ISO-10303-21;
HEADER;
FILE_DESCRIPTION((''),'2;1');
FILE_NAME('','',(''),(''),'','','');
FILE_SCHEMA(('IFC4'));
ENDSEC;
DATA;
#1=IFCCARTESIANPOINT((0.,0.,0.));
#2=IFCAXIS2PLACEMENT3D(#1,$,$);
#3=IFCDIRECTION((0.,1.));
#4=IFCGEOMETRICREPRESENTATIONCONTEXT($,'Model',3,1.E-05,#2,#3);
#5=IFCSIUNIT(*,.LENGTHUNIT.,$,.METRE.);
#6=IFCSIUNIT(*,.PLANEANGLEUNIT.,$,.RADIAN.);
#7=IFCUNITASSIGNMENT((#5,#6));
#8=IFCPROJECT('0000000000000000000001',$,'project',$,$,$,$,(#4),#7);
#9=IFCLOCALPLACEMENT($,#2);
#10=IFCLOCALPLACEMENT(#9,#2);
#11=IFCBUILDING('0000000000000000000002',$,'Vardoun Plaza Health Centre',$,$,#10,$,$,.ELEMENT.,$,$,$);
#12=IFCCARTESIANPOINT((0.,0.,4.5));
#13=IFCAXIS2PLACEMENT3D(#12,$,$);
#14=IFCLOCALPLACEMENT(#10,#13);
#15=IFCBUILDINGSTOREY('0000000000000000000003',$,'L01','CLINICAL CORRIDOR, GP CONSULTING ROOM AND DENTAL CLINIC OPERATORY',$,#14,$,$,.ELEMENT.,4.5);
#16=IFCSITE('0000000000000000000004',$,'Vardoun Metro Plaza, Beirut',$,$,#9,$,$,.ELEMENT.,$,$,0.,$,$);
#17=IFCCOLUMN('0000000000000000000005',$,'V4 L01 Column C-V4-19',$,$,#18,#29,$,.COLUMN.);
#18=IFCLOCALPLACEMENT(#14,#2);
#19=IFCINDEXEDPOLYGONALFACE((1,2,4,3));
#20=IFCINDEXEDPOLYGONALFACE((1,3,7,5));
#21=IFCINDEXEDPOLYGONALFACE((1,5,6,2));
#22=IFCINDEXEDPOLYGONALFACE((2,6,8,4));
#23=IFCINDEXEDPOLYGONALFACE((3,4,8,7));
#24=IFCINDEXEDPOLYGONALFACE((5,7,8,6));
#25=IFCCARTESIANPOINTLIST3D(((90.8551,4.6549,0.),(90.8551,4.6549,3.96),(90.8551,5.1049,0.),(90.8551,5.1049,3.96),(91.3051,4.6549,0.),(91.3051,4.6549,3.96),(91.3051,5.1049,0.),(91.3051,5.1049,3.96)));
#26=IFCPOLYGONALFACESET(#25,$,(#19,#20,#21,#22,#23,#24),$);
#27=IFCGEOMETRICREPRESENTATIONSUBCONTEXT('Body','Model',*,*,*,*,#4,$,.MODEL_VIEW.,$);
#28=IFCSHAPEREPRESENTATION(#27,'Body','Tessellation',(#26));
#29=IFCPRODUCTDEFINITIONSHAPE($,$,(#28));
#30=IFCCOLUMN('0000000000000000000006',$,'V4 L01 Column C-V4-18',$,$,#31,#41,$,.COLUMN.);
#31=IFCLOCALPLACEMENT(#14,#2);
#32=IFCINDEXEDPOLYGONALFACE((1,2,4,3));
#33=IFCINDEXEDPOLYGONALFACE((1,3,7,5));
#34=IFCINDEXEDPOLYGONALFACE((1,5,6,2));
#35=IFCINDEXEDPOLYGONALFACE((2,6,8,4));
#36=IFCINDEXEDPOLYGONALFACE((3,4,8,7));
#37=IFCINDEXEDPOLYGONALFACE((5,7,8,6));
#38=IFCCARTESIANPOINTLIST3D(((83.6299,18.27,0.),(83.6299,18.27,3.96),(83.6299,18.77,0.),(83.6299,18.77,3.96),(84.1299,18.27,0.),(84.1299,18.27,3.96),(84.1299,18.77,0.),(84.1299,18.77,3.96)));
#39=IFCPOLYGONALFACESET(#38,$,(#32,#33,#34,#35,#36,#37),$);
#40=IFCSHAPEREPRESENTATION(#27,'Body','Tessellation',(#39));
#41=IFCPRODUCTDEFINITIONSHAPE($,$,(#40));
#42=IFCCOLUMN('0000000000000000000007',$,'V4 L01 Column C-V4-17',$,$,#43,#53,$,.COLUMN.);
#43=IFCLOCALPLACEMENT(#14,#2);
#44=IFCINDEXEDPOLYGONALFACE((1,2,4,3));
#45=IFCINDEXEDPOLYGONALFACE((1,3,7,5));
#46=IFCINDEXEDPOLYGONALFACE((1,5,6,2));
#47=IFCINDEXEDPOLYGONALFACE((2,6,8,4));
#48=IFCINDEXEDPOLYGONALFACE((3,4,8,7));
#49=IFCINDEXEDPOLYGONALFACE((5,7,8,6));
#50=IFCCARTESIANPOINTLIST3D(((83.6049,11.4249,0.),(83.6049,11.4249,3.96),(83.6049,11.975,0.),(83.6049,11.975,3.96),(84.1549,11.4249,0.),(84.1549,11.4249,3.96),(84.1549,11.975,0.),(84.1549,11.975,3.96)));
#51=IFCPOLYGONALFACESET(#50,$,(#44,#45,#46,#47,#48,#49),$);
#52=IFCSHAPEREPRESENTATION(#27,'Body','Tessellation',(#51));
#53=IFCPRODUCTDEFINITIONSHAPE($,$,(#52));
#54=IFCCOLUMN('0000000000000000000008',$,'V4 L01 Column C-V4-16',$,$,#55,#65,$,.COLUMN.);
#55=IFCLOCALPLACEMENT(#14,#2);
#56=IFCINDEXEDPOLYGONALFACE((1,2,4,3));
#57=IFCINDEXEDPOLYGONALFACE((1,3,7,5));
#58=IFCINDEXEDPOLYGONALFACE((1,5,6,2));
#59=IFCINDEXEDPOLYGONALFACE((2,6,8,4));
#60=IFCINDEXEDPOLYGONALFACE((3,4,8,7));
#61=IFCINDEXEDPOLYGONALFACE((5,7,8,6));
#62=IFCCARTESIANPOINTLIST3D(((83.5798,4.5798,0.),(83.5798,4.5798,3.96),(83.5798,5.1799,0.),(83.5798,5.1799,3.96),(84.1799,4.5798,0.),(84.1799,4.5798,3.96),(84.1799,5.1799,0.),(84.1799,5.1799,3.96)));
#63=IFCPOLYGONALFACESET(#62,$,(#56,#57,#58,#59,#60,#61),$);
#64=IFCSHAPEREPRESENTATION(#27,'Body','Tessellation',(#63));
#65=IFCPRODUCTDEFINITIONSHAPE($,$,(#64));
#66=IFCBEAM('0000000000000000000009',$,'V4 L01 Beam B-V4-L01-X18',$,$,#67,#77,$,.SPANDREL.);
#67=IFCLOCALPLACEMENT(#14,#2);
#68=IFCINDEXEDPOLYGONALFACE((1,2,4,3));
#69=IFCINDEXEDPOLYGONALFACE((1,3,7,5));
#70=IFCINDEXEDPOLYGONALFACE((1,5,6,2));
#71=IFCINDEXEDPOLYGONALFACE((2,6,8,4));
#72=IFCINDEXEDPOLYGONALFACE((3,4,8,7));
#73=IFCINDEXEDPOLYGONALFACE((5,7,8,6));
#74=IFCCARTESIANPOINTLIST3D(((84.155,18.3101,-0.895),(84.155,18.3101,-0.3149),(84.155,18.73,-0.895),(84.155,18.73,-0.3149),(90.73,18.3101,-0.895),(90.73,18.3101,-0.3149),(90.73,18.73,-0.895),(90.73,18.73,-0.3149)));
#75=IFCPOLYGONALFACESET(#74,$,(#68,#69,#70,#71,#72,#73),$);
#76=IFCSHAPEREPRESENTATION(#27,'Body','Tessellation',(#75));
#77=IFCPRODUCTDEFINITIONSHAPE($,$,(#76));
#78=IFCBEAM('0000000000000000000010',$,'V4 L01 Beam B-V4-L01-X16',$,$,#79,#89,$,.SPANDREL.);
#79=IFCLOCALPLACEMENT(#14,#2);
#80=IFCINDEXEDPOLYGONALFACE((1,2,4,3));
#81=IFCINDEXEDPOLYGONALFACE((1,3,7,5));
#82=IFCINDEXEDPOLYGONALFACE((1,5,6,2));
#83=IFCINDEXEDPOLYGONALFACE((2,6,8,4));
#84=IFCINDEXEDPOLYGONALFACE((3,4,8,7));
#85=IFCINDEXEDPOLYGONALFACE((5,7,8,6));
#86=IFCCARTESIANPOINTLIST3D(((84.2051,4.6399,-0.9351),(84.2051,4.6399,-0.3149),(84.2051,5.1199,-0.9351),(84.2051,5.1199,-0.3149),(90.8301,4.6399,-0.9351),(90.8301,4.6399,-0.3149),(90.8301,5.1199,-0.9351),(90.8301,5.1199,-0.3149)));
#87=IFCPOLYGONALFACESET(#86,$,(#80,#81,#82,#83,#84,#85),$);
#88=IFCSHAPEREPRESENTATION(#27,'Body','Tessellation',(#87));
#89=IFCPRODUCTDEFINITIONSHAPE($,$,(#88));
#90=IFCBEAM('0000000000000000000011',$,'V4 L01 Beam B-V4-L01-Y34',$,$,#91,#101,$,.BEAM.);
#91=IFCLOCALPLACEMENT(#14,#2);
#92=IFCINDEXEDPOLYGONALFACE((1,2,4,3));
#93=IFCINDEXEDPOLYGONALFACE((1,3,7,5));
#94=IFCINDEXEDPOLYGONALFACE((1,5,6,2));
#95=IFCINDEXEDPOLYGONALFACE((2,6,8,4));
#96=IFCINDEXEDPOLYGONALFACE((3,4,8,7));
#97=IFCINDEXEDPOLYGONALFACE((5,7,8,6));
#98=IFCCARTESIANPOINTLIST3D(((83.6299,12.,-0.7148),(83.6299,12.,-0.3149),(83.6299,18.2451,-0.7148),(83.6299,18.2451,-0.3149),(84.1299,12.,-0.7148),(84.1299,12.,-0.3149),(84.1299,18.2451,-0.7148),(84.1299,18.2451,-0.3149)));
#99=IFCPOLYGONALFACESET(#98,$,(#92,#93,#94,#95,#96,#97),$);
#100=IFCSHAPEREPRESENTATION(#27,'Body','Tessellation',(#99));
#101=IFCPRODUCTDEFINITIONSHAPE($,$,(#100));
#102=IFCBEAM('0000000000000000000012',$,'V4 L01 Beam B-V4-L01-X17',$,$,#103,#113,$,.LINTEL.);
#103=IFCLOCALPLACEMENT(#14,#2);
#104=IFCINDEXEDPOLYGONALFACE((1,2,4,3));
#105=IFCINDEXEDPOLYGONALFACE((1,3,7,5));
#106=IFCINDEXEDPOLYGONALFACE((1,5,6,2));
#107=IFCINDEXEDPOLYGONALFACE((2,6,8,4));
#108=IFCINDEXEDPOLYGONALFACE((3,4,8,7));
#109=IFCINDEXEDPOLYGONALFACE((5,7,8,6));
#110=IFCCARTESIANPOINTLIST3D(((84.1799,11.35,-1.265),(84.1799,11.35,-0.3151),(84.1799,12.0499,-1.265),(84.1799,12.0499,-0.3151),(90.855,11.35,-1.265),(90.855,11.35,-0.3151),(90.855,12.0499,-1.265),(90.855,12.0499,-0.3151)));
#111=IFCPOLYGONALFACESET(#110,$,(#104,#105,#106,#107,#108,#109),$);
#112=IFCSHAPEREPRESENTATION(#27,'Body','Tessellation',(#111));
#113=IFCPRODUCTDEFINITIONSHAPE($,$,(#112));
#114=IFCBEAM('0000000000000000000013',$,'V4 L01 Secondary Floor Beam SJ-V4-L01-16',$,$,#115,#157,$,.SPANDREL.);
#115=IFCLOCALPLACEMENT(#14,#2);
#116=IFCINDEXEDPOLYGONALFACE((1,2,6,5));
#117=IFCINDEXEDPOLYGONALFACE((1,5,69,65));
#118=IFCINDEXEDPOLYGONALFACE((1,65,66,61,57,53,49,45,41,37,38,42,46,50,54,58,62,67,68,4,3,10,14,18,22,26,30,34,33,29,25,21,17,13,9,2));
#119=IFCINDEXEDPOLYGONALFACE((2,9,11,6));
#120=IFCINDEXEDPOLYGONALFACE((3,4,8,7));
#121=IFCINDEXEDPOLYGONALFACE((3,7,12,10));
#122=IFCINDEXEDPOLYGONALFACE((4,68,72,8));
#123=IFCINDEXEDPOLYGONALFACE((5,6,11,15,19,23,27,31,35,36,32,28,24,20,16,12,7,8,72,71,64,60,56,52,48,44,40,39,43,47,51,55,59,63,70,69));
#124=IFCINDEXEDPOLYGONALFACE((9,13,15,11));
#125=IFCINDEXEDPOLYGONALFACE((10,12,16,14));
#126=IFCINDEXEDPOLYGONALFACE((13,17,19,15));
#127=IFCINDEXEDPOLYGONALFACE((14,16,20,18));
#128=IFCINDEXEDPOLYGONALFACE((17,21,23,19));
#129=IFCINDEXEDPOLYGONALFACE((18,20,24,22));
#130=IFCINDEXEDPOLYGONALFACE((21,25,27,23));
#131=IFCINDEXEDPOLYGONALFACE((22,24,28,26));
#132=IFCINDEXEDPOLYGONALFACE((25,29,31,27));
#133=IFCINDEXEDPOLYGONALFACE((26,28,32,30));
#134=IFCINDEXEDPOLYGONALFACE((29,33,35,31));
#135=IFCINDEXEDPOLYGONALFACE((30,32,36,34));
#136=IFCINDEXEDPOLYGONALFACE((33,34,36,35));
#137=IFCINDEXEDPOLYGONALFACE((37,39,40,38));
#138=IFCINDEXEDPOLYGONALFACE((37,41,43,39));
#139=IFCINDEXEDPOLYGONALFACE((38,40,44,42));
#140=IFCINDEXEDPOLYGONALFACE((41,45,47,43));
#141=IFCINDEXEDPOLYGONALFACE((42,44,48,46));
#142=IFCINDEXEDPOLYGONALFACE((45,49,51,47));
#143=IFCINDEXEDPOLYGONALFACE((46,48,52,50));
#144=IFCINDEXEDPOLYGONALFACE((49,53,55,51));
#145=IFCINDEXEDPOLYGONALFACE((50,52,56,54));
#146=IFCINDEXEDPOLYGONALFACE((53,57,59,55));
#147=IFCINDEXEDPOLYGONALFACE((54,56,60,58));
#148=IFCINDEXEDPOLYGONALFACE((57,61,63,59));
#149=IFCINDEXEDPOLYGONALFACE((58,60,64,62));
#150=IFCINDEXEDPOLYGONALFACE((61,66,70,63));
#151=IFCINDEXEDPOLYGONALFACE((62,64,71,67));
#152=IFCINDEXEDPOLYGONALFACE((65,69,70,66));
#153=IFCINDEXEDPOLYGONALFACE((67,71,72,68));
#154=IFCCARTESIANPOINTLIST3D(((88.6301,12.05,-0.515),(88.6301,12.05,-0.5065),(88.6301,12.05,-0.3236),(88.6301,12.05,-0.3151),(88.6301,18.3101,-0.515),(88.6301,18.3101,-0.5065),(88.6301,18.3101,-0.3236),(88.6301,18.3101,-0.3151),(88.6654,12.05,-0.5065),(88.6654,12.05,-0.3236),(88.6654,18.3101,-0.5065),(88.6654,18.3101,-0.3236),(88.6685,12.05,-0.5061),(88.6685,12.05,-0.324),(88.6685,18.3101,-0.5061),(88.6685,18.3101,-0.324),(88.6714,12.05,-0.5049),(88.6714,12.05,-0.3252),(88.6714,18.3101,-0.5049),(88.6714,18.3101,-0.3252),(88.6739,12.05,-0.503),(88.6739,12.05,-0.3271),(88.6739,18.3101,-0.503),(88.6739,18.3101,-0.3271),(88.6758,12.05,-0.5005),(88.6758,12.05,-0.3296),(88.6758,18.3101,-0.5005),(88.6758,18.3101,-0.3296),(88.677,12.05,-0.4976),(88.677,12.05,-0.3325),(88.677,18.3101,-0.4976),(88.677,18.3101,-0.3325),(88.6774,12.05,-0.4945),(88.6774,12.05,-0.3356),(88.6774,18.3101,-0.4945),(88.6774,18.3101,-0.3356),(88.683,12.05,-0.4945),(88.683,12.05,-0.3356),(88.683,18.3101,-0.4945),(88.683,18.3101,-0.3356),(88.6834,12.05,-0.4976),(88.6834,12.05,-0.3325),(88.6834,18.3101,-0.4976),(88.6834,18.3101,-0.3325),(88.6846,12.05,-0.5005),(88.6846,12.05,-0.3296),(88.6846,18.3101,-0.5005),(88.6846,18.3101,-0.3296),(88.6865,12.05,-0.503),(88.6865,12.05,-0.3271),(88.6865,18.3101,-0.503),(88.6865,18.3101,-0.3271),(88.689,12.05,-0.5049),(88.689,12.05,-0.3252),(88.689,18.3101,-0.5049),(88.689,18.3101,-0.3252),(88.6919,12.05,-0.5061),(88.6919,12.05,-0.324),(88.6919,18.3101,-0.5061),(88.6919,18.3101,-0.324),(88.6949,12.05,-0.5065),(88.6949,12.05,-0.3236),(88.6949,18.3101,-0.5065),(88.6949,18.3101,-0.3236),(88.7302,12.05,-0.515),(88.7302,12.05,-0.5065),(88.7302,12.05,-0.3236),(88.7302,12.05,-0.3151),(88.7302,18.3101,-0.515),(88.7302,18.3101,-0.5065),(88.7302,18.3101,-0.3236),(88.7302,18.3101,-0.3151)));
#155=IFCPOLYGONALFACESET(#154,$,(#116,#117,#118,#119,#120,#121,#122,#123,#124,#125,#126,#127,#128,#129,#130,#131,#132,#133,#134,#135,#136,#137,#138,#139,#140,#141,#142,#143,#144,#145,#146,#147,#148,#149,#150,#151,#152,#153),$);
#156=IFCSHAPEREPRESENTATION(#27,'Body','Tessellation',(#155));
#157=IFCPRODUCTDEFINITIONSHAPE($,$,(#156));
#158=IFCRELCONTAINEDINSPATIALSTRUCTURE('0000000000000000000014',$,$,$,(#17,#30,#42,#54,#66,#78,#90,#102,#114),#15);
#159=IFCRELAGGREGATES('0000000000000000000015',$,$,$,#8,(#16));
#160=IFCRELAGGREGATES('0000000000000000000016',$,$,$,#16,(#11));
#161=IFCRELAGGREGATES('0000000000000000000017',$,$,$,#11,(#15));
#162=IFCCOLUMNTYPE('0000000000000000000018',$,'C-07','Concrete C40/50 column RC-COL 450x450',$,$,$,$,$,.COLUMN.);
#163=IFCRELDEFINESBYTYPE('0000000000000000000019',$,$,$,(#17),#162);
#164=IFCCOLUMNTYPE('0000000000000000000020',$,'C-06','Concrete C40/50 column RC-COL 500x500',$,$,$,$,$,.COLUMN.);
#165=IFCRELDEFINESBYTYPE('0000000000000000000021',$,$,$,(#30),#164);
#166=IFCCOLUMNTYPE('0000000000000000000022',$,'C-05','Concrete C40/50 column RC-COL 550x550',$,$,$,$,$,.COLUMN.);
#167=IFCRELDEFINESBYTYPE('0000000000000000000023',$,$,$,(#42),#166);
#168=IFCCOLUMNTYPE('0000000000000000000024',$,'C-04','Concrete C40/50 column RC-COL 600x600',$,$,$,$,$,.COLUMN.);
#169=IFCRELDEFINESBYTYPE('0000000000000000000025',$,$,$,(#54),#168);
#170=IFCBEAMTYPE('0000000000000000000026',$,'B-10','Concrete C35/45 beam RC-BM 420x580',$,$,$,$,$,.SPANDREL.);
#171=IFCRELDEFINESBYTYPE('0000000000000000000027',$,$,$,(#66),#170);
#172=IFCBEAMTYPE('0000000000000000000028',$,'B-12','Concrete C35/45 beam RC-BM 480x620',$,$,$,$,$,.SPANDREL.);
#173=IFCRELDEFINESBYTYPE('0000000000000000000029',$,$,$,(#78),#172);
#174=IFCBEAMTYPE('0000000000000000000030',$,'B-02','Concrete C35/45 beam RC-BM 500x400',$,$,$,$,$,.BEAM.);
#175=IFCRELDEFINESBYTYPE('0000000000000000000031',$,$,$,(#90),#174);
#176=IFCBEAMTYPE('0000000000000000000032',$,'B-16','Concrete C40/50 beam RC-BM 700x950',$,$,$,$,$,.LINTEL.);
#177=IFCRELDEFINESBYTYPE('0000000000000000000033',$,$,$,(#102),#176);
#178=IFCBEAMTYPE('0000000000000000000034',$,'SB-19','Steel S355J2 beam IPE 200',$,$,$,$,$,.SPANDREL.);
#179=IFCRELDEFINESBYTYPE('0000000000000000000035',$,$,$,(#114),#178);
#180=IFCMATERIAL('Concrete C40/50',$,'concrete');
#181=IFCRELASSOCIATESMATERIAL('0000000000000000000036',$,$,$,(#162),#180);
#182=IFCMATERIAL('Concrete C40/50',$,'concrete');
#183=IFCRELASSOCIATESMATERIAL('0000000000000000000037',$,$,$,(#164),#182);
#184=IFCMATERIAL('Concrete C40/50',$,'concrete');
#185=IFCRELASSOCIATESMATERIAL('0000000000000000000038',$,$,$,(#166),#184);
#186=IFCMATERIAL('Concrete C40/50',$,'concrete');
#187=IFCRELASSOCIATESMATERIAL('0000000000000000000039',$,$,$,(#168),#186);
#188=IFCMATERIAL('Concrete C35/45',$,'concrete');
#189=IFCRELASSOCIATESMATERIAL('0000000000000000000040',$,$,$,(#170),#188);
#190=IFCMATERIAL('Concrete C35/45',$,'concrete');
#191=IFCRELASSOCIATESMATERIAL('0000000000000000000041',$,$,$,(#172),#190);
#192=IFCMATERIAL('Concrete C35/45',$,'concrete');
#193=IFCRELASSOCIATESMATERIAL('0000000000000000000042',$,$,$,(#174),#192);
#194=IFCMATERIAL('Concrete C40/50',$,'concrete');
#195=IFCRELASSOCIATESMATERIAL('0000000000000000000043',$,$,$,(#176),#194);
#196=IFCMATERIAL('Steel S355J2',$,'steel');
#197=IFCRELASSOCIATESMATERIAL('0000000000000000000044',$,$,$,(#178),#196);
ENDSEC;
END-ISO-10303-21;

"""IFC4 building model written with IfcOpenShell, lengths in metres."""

from ifc_helpers import new_model, si_unit, direction, frame, origin, origin_2d, place, context, subcontext, project, spatial, rectangle, i_section, extrude, material, material_profile, profile_set, type_object, element, save


model = new_model("IFC4")

# Units and contexts
model_context = context("Model", 3, precision=1e-05, world=origin(), true_north=direction((0.0, 1.0)))
body_context = subcontext(model_context, "Body", "Model", "MODEL_VIEW")
ifc_project = project(units=[si_unit("LENGTHUNIT", "METRE"), si_unit("PLANEANGLEUNIT", "RADIAN")], contexts=[model_context])

# Site, building, storey
site_placement = place(None, origin())
site = spatial("IfcSite", under=ifc_project, at=site_placement, Name="Vardoun Metro Plaza, Beirut", CompositionType="ELEMENT", RefElevation=0.0)
building_placement = place(site_placement, origin())
building = spatial("IfcBuilding", under=site, at=building_placement, Name="Vardoun Plaza Health Centre", CompositionType="ELEMENT")
storey_placement = place(building_placement, frame((0.0, 0.0, 4.5)))
storey = spatial("IfcBuildingStorey", under=building, at=storey_placement, Name="L01", Description="CLINICAL CORRIDOR, GP CONSULTING ROOM AND DENTAL CLINIC OPERATORY", CompositionType="ELEMENT", Elevation=4.5)

# Columns
ifc_material_1 = material(Name="Concrete C40/50", Category="concrete")
ifc_material_profile_1 = material_profile(ifc_material_1, rectangle(XDim=0.45, YDim=0.45, at=origin_2d()), Name="RC-COL 450x450")
ifc_profile_set_1 = profile_set([ifc_material_profile_1], Name="Concrete C40/50")
column_type_1 = type_object("IfcColumnType", Name="C-07", Description="Concrete C40/50 column RC-COL 450x450", PredefinedType="COLUMN", material=ifc_profile_set_1)
column_1_placement = place(storey_placement, frame((91.0801, 4.8799, 0.0), z_axis=(0.0, 0.0, 1.0), x_axis=(1.0, 0.0, 0.0)))
element("IfcColumn", 1, at=column_1_placement, inside=storey, type_object=column_type_1, Name="V4 L01 Column C-V4-19", PredefinedType="COLUMN", context=body_context, shape_type="SweptSolid", body=[
    extrude(rectangle(XDim=0.45, YDim=0.45, at=origin_2d()), origin(), (0.0, 0.0, 1.0), 3.96),
])
ifc_material_2 = material(Name="Concrete C40/50", Category="concrete")
ifc_material_profile_2 = material_profile(ifc_material_2, rectangle(XDim=0.5, YDim=0.5, at=origin_2d()), Name="RC-COL 500x500")
ifc_profile_set_2 = profile_set([ifc_material_profile_2], Name="Concrete C40/50")
column_type_2 = type_object("IfcColumnType", Name="C-06", Description="Concrete C40/50 column RC-COL 500x500", PredefinedType="COLUMN", material=ifc_profile_set_2)
column_2_placement = place(storey_placement, frame((83.8799, 18.52, 0.0), z_axis=(0.0, 0.0, 1.0), x_axis=(1.0, 0.0, 0.0)))
element("IfcColumn", 2, at=column_2_placement, inside=storey, type_object=column_type_2, Name="V4 L01 Column C-V4-18", PredefinedType="COLUMN", context=body_context, shape_type="SweptSolid", body=[
    extrude(rectangle(XDim=0.5, YDim=0.5, at=origin_2d()), origin(), (0.0, 0.0, 1.0), 3.96),
])
ifc_material_3 = material(Name="Concrete C40/50", Category="concrete")
ifc_material_profile_3 = material_profile(ifc_material_3, rectangle(XDim=0.55, YDim=0.55, at=origin_2d()), Name="RC-COL 550x550")
ifc_profile_set_3 = profile_set([ifc_material_profile_3], Name="Concrete C40/50")
column_type_3 = type_object("IfcColumnType", Name="C-05", Description="Concrete C40/50 column RC-COL 550x550", PredefinedType="COLUMN", material=ifc_profile_set_3)
column_3_placement = place(storey_placement, frame((83.8799, 11.7, 0.0), z_axis=(0.0, 0.0, 1.0), x_axis=(1.0, 0.0, 0.0)))
element("IfcColumn", 3, at=column_3_placement, inside=storey, type_object=column_type_3, Name="V4 L01 Column C-V4-17", PredefinedType="COLUMN", context=body_context, shape_type="SweptSolid", body=[
    extrude(rectangle(XDim=0.55, YDim=0.55, at=origin_2d()), origin(), (0.0, 0.0, 1.0), 3.96),
])
ifc_material_4 = material(Name="Concrete C40/50", Category="concrete")
ifc_material_profile_4 = material_profile(ifc_material_4, rectangle(XDim=0.6001, YDim=0.6001, at=origin_2d()), Name="RC-COL 600x600")
ifc_profile_set_4 = profile_set([ifc_material_profile_4], Name="Concrete C40/50")
column_type_4 = type_object("IfcColumnType", Name="C-04", Description="Concrete C40/50 column RC-COL 600x600", PredefinedType="COLUMN", material=ifc_profile_set_4)
column_4_placement = place(storey_placement, frame((83.8799, 4.8799, 0.0), z_axis=(0.0, 0.0, 1.0), x_axis=(1.0, 0.0, 0.0)))
element("IfcColumn", 4, at=column_4_placement, inside=storey, type_object=column_type_4, Name="V4 L01 Column C-V4-16", PredefinedType="COLUMN", context=body_context, shape_type="SweptSolid", body=[
    extrude(rectangle(XDim=0.6001, YDim=0.6001, at=origin_2d()), origin(), (0.0, 0.0, 1.0), 3.96),
])

# Beams
ifc_material_5 = material(Name="Concrete C35/45", Category="concrete")
ifc_material_profile_5 = material_profile(ifc_material_5, rectangle(XDim=0.4199, YDim=0.5801, at=origin_2d()), Name="RC-BM 420x580")
ifc_profile_set_5 = profile_set([ifc_material_profile_5], Name="Concrete C35/45")
beam_type_1 = type_object("IfcBeamType", Name="B-10", Description="Concrete C35/45 beam RC-BM 420x580", PredefinedType="SPANDREL", material=ifc_profile_set_5)
beam_1_placement = place(storey_placement, frame((84.155, 18.52, -0.605), z_axis=(1.0, 0.0, 0.0), x_axis=(0.0, 1.0, 0.0)))
element("IfcBeam", 5, at=beam_1_placement, inside=storey, type_object=beam_type_1, Name="V4 L01 Beam B-V4-L01-X18", PredefinedType="SPANDREL", context=body_context, shape_type="SweptSolid", body=[
    extrude(rectangle(XDim=0.4199, YDim=0.5801, at=origin_2d()), origin(), (0.0, 0.0, 1.0), 6.575),
])
ifc_material_6 = material(Name="Concrete C35/45", Category="concrete")
ifc_material_profile_6 = material_profile(ifc_material_6, rectangle(XDim=0.48, YDim=0.6201, at=origin_2d()), Name="RC-BM 480x620")
ifc_profile_set_6 = profile_set([ifc_material_profile_6], Name="Concrete C35/45")
beam_type_2 = type_object("IfcBeamType", Name="B-12", Description="Concrete C35/45 beam RC-BM 480x620", PredefinedType="SPANDREL", material=ifc_profile_set_6)
beam_2_placement = place(storey_placement, frame((84.2051, 4.8799, -0.625), z_axis=(1.0, 0.0, 0.0), x_axis=(0.0, 1.0, 0.0)))
element("IfcBeam", 6, at=beam_2_placement, inside=storey, type_object=beam_type_2, Name="V4 L01 Beam B-V4-L01-X16", PredefinedType="SPANDREL", context=body_context, shape_type="SweptSolid", body=[
    extrude(rectangle(XDim=0.48, YDim=0.6201, at=origin_2d()), origin(), (0.0, 0.0, 1.0), 6.625),
])
ifc_material_7 = material(Name="Concrete C35/45", Category="concrete")
ifc_material_profile_7 = material_profile(ifc_material_7, rectangle(XDim=0.5, YDim=0.3999, at=origin_2d()), Name="RC-BM 500x400")
ifc_profile_set_7 = profile_set([ifc_material_profile_7], Name="Concrete C35/45")
beam_type_3 = type_object("IfcBeamType", Name="B-02", Description="Concrete C35/45 beam RC-BM 500x400", PredefinedType="BEAM", material=ifc_profile_set_7)
beam_3_placement = place(storey_placement, frame((83.8799, 12.0, -0.5149), z_axis=(0.0, 1.0, 0.0), x_axis=(-1.0, 0.0, 0.0)))
element("IfcBeam", 7, at=beam_3_placement, inside=storey, type_object=beam_type_3, Name="V4 L01 Beam B-V4-L01-Y34", PredefinedType="BEAM", context=body_context, shape_type="SweptSolid", body=[
    extrude(rectangle(XDim=0.5, YDim=0.3999, at=origin_2d()), origin(), (0.0, 0.0, 1.0), 6.2451),
])
ifc_material_8 = material(Name="Concrete C40/50", Category="concrete")
ifc_material_profile_8 = material_profile(ifc_material_8, rectangle(XDim=0.7, YDim=0.95, at=origin_2d()), Name="RC-BM 700x950")
ifc_profile_set_8 = profile_set([ifc_material_profile_8], Name="Concrete C40/50")
beam_type_4 = type_object("IfcBeamType", Name="B-16", Description="Concrete C40/50 beam RC-BM 700x950", PredefinedType="LINTEL", material=ifc_profile_set_8)
beam_4_placement = place(storey_placement, frame((84.1799, 11.7, -0.79), z_axis=(1.0, 0.0, 0.0), x_axis=(0.0, 1.0, 0.0)))
element("IfcBeam", 8, at=beam_4_placement, inside=storey, type_object=beam_type_4, Name="V4 L01 Beam B-V4-L01-X17", PredefinedType="LINTEL", context=body_context, shape_type="SweptSolid", body=[
    extrude(rectangle(XDim=0.7, YDim=0.95, at=origin_2d()), origin(), (0.0, 0.0, 1.0), 6.675),
])
ifc_material_9 = material(Name="Steel S355J2", Category="steel")
ifc_material_profile_9 = material_profile(ifc_material_9, i_section(OverallWidth=0.1001, OverallDepth=0.2, WebThickness=0.0056, FlangeThickness=0.0085, FilletRadius=0.012, at=origin_2d()), Name="IPE 200")
ifc_profile_set_9 = profile_set([ifc_material_profile_9], Name="Steel S355J2")
beam_type_5 = type_object("IfcBeamType", Name="SB-19", Description="Steel S355J2 beam IPE 200", PredefinedType="SPANDREL", material=ifc_profile_set_9)
beam_5_placement = place(storey_placement, frame((88.6802, 12.05, -0.415), z_axis=(0.0, 1.0, 0.0), x_axis=(-1.0, 0.0, 0.0)))
element("IfcBeam", 9, at=beam_5_placement, inside=storey, type_object=beam_type_5, Name="V4 L01 Secondary Floor Beam SJ-V4-L01-16", PredefinedType="SPANDREL", context=body_context, shape_type="SweptSolid", body=[
    extrude(i_section(OverallWidth=0.1001, OverallDepth=0.2, WebThickness=0.0056, FlangeThickness=0.0085, FilletRadius=0.012, at=origin_2d()), origin(), (0.0, 0.0, 1.0), 6.26),
])

save(model, "model.ifc")
